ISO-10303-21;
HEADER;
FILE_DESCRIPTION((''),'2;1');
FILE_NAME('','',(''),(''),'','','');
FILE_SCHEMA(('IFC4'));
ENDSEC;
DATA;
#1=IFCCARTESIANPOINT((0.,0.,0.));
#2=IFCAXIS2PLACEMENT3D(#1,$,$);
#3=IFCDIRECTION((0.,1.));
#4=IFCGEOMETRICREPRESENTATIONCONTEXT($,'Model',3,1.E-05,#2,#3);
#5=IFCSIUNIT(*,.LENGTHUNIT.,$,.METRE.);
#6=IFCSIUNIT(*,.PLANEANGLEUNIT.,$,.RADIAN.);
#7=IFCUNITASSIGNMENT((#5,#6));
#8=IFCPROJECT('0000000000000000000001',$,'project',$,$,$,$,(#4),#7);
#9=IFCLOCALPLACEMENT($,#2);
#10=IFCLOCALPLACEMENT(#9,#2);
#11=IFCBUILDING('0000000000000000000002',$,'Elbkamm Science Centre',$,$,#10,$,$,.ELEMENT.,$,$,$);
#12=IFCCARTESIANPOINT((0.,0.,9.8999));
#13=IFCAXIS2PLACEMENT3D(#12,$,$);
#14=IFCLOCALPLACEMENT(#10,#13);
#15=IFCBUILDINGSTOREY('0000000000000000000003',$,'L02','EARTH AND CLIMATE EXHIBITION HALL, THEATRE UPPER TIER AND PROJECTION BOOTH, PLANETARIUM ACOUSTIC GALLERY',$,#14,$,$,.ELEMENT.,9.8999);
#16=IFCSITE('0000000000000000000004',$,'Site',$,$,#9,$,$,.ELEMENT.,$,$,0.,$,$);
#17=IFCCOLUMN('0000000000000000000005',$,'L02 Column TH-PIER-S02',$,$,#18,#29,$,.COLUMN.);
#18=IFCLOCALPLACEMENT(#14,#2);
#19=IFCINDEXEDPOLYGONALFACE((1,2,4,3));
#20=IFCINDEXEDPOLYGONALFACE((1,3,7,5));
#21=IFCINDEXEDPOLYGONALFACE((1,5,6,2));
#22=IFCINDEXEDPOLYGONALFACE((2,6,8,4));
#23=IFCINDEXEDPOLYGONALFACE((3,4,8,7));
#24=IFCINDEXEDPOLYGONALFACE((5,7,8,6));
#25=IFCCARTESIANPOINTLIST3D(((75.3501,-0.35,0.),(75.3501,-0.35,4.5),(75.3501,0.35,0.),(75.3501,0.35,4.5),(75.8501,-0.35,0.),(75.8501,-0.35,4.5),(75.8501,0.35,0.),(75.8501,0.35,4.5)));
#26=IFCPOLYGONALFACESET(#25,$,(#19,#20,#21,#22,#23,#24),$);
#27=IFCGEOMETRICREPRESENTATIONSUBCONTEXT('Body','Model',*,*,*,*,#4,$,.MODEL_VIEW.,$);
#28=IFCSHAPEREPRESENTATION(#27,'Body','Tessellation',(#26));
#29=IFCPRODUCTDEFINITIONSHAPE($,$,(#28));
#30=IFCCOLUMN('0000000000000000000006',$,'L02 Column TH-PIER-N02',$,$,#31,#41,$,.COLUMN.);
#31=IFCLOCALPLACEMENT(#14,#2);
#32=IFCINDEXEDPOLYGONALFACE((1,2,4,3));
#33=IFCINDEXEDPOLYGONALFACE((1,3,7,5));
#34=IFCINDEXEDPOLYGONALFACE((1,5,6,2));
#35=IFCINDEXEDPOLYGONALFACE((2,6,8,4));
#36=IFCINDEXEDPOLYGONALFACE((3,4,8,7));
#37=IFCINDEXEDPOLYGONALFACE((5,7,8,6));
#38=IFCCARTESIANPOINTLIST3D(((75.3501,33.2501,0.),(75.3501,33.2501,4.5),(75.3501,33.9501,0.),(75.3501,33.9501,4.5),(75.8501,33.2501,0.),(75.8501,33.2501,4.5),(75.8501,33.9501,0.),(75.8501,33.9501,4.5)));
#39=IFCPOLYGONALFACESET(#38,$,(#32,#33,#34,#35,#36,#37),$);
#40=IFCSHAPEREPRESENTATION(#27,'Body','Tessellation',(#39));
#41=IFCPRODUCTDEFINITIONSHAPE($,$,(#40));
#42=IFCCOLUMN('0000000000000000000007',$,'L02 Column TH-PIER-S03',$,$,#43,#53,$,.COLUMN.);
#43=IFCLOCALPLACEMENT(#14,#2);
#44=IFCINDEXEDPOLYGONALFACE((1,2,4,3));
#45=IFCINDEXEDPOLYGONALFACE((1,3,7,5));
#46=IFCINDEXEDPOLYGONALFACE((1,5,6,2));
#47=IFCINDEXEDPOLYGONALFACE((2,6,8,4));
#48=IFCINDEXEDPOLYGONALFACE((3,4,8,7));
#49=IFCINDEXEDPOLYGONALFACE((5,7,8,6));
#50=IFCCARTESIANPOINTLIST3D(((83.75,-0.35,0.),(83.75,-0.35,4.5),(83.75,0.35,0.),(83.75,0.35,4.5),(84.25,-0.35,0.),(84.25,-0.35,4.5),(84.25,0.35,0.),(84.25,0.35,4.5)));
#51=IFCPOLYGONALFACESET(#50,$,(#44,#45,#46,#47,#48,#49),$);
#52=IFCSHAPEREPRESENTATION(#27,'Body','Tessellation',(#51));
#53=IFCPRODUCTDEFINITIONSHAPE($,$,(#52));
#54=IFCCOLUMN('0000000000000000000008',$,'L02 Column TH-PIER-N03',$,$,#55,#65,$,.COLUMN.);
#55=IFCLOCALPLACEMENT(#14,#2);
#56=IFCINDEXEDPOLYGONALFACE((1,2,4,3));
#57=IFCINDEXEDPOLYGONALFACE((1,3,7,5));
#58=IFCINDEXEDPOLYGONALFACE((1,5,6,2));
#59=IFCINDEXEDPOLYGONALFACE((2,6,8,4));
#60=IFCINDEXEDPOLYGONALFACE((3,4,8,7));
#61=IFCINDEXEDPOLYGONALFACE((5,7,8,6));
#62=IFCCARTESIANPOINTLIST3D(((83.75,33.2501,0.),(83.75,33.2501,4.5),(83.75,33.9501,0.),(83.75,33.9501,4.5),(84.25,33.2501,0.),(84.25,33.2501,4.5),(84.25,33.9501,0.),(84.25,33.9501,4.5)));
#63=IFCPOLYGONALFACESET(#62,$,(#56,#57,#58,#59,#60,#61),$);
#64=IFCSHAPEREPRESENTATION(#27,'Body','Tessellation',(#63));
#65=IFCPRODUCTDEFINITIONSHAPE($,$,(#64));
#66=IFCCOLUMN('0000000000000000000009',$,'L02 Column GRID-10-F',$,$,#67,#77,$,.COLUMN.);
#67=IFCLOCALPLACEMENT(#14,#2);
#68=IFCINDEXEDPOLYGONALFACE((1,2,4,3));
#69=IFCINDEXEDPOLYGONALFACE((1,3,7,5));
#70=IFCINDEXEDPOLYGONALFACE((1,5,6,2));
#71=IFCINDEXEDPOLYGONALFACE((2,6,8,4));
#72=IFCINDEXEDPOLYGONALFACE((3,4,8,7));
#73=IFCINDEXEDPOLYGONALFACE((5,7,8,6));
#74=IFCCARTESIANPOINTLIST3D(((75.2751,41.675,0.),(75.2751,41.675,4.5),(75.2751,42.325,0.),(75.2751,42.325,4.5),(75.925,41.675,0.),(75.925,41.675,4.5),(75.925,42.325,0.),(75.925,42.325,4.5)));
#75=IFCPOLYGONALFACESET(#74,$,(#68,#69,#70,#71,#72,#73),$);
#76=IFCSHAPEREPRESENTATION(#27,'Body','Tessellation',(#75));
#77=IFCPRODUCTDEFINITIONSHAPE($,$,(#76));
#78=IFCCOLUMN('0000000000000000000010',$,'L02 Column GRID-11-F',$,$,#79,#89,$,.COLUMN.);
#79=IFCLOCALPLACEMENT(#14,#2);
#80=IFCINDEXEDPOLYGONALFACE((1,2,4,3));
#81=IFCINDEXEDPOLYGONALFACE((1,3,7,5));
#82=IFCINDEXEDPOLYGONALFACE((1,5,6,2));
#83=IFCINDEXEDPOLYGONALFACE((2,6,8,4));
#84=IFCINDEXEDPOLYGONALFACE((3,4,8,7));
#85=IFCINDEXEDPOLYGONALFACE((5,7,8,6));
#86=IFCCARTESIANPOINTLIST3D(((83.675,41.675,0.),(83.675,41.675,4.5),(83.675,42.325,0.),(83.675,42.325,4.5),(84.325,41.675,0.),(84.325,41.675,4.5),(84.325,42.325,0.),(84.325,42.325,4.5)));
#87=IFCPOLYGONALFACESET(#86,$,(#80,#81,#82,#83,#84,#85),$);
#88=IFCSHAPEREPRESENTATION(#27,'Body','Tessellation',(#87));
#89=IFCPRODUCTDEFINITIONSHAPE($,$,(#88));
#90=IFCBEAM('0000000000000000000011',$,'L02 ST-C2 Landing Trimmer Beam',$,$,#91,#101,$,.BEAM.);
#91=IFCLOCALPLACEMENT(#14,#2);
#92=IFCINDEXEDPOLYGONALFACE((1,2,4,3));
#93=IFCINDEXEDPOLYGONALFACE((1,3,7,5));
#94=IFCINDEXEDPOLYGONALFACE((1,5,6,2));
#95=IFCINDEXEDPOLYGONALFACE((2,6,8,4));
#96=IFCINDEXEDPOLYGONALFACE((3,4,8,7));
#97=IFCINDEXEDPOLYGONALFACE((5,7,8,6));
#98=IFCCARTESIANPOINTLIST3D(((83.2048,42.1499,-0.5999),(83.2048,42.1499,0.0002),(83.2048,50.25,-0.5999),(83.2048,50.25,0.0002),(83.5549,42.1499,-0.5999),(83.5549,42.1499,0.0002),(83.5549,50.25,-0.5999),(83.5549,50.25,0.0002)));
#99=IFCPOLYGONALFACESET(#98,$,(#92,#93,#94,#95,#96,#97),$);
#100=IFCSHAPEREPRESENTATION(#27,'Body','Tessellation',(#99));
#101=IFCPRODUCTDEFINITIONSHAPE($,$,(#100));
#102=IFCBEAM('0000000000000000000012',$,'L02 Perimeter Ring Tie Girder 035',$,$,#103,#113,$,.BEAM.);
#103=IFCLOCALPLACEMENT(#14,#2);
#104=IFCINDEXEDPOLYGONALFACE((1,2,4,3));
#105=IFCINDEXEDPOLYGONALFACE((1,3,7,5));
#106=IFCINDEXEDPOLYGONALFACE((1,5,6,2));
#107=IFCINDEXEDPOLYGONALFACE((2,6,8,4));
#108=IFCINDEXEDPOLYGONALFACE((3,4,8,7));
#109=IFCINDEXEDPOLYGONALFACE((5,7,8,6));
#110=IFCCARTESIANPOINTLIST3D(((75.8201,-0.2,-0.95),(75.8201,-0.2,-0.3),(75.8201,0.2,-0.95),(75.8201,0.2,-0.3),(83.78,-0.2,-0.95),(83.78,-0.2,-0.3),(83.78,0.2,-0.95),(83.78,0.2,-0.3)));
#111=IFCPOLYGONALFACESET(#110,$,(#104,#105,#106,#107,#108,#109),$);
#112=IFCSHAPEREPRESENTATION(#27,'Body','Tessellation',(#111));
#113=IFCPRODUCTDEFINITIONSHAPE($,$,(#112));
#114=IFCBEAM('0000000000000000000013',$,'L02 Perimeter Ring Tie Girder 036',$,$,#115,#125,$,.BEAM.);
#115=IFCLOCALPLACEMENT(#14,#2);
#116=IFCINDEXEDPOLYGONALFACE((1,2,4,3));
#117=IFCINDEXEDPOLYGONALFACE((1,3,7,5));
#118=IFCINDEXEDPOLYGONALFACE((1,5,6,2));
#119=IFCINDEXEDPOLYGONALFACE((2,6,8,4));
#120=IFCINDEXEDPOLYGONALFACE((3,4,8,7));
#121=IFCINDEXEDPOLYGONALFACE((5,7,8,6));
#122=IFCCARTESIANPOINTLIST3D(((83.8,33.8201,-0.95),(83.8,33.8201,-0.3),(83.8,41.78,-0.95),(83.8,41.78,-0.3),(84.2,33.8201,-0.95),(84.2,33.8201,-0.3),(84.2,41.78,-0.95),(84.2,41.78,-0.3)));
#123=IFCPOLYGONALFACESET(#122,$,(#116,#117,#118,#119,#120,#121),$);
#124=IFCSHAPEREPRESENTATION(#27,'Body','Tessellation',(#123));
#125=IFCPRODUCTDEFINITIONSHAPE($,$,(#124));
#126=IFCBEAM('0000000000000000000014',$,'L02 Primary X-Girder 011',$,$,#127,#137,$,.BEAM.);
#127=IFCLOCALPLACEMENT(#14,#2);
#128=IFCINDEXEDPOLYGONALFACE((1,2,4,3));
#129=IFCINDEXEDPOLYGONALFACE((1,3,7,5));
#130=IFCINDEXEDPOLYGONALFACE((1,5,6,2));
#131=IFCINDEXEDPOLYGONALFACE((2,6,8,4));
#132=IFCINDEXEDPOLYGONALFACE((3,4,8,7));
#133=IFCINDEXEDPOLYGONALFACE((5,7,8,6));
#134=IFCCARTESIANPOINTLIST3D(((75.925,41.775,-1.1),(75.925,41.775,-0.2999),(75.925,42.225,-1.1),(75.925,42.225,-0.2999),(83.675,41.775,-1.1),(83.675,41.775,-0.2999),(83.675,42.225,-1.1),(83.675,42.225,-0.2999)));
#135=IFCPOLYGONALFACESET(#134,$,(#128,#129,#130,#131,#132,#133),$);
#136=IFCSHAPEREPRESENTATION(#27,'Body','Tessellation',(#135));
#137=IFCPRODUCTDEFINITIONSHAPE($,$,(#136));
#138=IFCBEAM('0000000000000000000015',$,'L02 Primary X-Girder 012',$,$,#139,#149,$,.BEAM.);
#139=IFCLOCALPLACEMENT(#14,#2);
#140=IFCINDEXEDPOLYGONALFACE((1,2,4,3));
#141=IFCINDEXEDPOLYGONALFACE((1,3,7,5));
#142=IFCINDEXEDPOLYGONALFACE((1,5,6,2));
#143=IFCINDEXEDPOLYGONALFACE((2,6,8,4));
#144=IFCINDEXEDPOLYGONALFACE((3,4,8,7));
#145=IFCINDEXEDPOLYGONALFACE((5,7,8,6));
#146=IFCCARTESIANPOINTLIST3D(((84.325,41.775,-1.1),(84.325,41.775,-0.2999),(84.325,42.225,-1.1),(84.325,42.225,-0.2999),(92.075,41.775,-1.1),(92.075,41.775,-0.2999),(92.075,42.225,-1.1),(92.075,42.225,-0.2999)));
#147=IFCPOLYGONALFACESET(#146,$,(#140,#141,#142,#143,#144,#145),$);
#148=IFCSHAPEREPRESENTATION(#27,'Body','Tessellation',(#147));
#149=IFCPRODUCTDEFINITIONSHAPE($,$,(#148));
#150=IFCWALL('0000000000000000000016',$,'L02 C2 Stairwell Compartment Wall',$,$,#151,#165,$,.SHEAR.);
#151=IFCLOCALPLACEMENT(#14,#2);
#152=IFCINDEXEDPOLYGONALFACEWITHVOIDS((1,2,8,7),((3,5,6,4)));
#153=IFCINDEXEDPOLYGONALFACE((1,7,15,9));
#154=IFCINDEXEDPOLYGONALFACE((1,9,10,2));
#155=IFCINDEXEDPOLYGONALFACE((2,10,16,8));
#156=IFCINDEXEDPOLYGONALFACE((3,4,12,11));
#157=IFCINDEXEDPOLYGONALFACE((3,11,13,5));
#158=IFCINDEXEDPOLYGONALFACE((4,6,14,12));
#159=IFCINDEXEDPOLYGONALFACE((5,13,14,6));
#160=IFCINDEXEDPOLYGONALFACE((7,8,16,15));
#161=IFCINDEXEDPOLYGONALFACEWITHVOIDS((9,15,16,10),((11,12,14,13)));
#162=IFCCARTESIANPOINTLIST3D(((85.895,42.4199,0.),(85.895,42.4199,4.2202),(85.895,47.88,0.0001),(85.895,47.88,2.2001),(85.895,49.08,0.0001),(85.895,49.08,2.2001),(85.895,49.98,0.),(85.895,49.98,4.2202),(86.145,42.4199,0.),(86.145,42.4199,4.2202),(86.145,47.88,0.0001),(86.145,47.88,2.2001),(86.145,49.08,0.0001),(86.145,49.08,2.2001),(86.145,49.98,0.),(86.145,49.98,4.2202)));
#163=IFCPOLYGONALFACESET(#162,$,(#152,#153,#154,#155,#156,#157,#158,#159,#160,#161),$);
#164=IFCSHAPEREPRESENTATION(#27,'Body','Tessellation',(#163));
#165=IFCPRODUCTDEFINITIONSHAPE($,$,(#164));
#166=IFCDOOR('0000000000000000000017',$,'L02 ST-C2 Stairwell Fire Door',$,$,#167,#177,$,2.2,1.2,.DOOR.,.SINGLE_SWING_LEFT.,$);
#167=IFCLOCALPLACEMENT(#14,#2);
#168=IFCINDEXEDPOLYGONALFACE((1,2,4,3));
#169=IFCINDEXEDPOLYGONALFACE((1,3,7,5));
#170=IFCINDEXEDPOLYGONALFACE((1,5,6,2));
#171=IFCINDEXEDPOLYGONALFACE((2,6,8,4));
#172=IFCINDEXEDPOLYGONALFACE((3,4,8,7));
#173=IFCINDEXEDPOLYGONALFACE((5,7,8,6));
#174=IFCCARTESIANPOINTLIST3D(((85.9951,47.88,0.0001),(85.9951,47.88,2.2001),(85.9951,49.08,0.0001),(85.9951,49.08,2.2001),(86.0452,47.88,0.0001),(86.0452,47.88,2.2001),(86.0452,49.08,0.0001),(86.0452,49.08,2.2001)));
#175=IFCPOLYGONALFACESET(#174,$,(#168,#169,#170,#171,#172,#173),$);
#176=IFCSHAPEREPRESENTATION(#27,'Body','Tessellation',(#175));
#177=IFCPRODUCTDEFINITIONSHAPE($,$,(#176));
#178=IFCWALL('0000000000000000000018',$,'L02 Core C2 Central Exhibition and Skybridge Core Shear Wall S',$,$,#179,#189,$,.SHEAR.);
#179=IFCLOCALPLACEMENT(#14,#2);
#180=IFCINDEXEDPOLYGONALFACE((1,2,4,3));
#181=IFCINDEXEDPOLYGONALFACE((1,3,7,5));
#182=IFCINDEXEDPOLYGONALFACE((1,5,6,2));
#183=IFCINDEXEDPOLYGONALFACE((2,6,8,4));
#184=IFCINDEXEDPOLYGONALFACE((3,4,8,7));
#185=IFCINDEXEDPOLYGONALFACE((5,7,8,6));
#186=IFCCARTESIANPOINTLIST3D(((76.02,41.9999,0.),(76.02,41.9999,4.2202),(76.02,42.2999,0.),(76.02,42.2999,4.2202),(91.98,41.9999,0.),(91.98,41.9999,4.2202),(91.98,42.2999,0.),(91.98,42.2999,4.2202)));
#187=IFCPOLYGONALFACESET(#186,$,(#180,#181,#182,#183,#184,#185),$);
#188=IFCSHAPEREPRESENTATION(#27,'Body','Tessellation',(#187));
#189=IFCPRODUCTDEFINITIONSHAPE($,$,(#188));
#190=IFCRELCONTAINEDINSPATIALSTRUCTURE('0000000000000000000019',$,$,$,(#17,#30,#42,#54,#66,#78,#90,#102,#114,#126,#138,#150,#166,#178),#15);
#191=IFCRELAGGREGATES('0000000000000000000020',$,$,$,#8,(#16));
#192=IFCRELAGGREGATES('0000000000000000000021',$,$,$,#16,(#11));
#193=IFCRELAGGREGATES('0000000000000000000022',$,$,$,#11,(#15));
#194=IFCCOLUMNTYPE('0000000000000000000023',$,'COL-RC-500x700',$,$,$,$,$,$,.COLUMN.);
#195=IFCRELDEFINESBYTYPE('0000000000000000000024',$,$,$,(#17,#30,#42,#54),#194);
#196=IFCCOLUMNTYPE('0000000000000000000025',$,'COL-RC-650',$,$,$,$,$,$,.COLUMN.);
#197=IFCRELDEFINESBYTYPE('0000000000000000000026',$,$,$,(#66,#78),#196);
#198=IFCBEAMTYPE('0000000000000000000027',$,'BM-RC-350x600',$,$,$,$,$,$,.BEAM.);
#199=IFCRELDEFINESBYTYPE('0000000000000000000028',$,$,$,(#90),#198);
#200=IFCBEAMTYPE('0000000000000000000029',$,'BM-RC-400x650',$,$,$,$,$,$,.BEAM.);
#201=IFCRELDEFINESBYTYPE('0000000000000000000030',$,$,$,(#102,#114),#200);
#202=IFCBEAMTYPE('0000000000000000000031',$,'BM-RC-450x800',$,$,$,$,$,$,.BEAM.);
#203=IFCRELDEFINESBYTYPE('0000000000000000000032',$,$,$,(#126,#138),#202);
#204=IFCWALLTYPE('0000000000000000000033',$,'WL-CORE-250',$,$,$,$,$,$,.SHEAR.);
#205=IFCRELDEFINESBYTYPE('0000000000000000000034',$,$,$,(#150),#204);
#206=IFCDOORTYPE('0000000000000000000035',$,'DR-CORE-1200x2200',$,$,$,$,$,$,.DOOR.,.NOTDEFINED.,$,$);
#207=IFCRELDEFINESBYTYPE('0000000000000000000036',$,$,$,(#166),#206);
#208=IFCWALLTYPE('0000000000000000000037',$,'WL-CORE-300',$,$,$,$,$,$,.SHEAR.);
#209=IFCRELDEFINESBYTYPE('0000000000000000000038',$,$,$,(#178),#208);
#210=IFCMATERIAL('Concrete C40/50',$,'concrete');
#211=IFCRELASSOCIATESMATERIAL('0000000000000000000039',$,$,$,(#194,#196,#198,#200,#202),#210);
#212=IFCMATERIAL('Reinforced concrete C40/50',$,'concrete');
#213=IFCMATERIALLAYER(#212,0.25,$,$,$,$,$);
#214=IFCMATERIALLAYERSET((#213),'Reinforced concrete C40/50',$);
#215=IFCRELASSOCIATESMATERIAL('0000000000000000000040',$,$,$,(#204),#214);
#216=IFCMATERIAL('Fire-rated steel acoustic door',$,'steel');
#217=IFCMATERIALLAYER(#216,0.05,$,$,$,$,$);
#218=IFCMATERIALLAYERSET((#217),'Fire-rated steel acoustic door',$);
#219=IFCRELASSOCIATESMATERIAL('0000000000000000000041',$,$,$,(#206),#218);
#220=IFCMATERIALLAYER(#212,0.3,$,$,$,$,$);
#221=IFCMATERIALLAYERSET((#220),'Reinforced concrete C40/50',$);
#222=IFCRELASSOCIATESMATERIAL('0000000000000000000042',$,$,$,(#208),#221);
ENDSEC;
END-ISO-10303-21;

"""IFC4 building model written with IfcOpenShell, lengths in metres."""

from ifc_helpers import new_model, si_unit, direction, frame, frame_2d, origin, origin_2d, place, context, subcontext, project, spatial, rectangle, extrude, material, layer, layer_set, material_profile, profile_set, type_object, element, fill, save


model = new_model("IFC4")

# Units and contexts
model_context = context("Model", 3, precision=1e-05, world=origin(), true_north=direction((0.0, 1.0)))
body_context = subcontext(model_context, "Body", "Model", "MODEL_VIEW")
ifc_project = project(units=[si_unit("LENGTHUNIT", "METRE"), si_unit("PLANEANGLEUNIT", "RADIAN")], contexts=[model_context])

# Site, building, storey
site_placement = place(None, origin())
site = spatial("IfcSite", under=ifc_project, at=site_placement, Name="Site", CompositionType="ELEMENT", RefElevation=0.0)
building_placement = place(site_placement, origin())
building = spatial("IfcBuilding", under=site, at=building_placement, Name="Elbkamm Science Centre", CompositionType="ELEMENT")
storey_placement = place(building_placement, frame((0.0, 0.0, 9.8999)))
storey = spatial("IfcBuildingStorey", under=building, at=storey_placement, Name="L02", Description="EARTH AND CLIMATE EXHIBITION HALL, THEATRE UPPER TIER AND PROJECTION BOOTH, PLANETARIUM ACOUSTIC GALLERY", CompositionType="ELEMENT", Elevation=9.8999)

# Columns
ifc_material_1 = material(Name="Concrete C40/50", Category="concrete")
ifc_material_profile_1 = material_profile(ifc_material_1, rectangle(XDim=0.5, YDim=0.7, at=origin_2d()), Name="RC 500x700")
ifc_profile_set_1 = profile_set([ifc_material_profile_1], Name="Concrete C40/50")
column_type_1 = type_object("IfcColumnType", Name="COL-RC-500x700", PredefinedType="COLUMN", material=ifc_profile_set_1)
for number, where, z_axis, x_axis, name in (
    (1, (75.6001, 0.0, 0.0), (0.0, 0.0, 1.0), (1.0, 0.0, 0.0), "L02 Column TH-PIER-S02"),
    (2, (75.6001, 33.6001, 0.0), (0.0, 0.0, 1.0), (1.0, 0.0, 0.0), "L02 Column TH-PIER-N02"),
    (3, (84.0, 0.0, 0.0), (0.0, 0.0, 1.0), (1.0, 0.0, 0.0), "L02 Column TH-PIER-S03"),
    (4, (84.0, 33.6001, 0.0), (0.0, 0.0, 1.0), (1.0, 0.0, 0.0), "L02 Column TH-PIER-N03"),
):
    element("IfcColumn", number, at=place(storey_placement, frame(where, z_axis=z_axis, x_axis=x_axis)), inside=storey, type_object=column_type_1, Name=name, PredefinedType="COLUMN", context=body_context, shape_type="SweptSolid", body=[
        extrude(rectangle(XDim=0.5, YDim=0.7, at=origin_2d()), origin(), (0.0, 0.0, 1.0), 4.5),
    ])
ifc_material_profile_2 = material_profile(ifc_material_1, rectangle(XDim=0.6499, YDim=0.6499, at=origin_2d()), Name="RC 650x650")
ifc_profile_set_2 = profile_set([ifc_material_profile_2], Name="Concrete C40/50")
column_type_2 = type_object("IfcColumnType", Name="COL-RC-650", PredefinedType="COLUMN", material=ifc_profile_set_2)
for number, where, z_axis, x_axis, name in (
    (5, (75.6001, 42.0, 0.0), (0.0, 0.0, 1.0), (1.0, 0.0, 0.0), "L02 Column GRID-10-F"),
    (6, (84.0, 42.0, 0.0), (0.0, 0.0, 1.0), (1.0, 0.0, 0.0), "L02 Column GRID-11-F"),
):
    element("IfcColumn", number, at=place(storey_placement, frame(where, z_axis=z_axis, x_axis=x_axis)), inside=storey, type_object=column_type_2, Name=name, PredefinedType="COLUMN", context=body_context, shape_type="SweptSolid", body=[
        extrude(rectangle(XDim=0.6499, YDim=0.6499, at=origin_2d()), origin(), (0.0, 0.0, 1.0), 4.5),
    ])

# Beams
ifc_material_profile_3 = material_profile(ifc_material_1, rectangle(XDim=0.3501, YDim=0.6001, at=origin_2d()), Name="RC 350x600")
ifc_profile_set_3 = profile_set([ifc_material_profile_3], Name="Concrete C40/50")
beam_type_1 = type_object("IfcBeamType", Name="BM-RC-350x600", PredefinedType="BEAM", material=ifc_profile_set_3)
beam_placement = place(storey_placement, frame((83.3799, 42.1499, -0.2998), z_axis=(0.0, 1.0, 0.0), x_axis=(-1.0, 0.0, 0.0)))
element("IfcBeam", 7, at=beam_placement, inside=storey, type_object=beam_type_1, Name="L02 ST-C2 Landing Trimmer Beam", PredefinedType="BEAM", context=body_context, shape_type="SweptSolid", body=[
    extrude(rectangle(XDim=0.3501, YDim=0.6001, at=origin_2d()), origin(), (0.0, 0.0, 1.0), 8.1001),
])
ifc_material_profile_4 = material_profile(ifc_material_1, rectangle(XDim=0.3999, YDim=0.6499, at=origin_2d()), Name="RC 400x650")
ifc_profile_set_4 = profile_set([ifc_material_profile_4], Name="Concrete C40/50")
beam_type_2 = type_object("IfcBeamType", Name="BM-RC-400x650", PredefinedType="BEAM", material=ifc_profile_set_4)
for number, where, z_axis, x_axis, name in (
    (8, (83.78, 0.0, -0.625), (-1.0, 0.0, 0.0), (0.0, -1.0, 0.0), "L02 Perimeter Ring Tie Girder 035"),
    (9, (84.0, 33.8201, -0.625), (0.0, 1.0, 0.0), (-1.0, 0.0, 0.0), "L02 Perimeter Ring Tie Girder 036"),
):
    element("IfcBeam", number, at=place(storey_placement, frame(where, z_axis=z_axis, x_axis=x_axis)), inside=storey, type_object=beam_type_2, Name=name, PredefinedType="BEAM", context=body_context, shape_type="SweptSolid", body=[
        extrude(rectangle(XDim=0.3999, YDim=0.6499, at=origin_2d()), origin(), (0.0, 0.0, 1.0), 7.96),
    ])
ifc_material_profile_5 = material_profile(ifc_material_1, rectangle(XDim=0.45, YDim=0.8, at=origin_2d()), Name="RC 450x800")
ifc_profile_set_5 = profile_set([ifc_material_profile_5], Name="Concrete C40/50")
beam_type_3 = type_object("IfcBeamType", Name="BM-RC-450x800", PredefinedType="BEAM", material=ifc_profile_set_5)
for number, where, z_axis, x_axis, name in (
    (10, (75.925, 42.0, -0.7), (1.0, 0.0, 0.0), (0.0, 1.0, 0.0), "L02 Primary X-Girder 011"),
    (11, (84.325, 42.0, -0.7), (1.0, 0.0, 0.0), (0.0, 1.0, 0.0), "L02 Primary X-Girder 012"),
):
    element("IfcBeam", number, at=place(storey_placement, frame(where, z_axis=z_axis, x_axis=x_axis)), inside=storey, type_object=beam_type_3, Name=name, PredefinedType="BEAM", context=body_context, shape_type="SweptSolid", body=[
        extrude(rectangle(XDim=0.45, YDim=0.8, at=origin_2d()), origin(), (0.0, 0.0, 1.0), 7.75),
    ])

# Wall, opening, door
ifc_material_2 = material(Name="Reinforced concrete C40/50", Category="concrete")
ifc_layer_1 = layer(ifc_material_2, 0.25)
ifc_layer_set_1 = layer_set([ifc_layer_1], Name="Reinforced concrete C40/50")
wall_type_1 = type_object("IfcWallType", Name="WL-CORE-250", PredefinedType="SHEAR", material=ifc_layer_set_1)
wall_1_placement = place(storey_placement, frame((86.02, 42.4199, 0.0), z_axis=(0.0, 0.0, 1.0), x_axis=(0.0, 1.0, 0.0)))
wall_1 = element("IfcWall", 12, at=wall_1_placement, inside=storey, type_object=wall_type_1, Name="L02 C2 Stairwell Compartment Wall", PredefinedType="SHEAR", context=body_context, shape_type="SweptSolid", body=[
    extrude(rectangle(XDim=7.5601, YDim=0.25, at=frame_2d((3.78, 0.0))), origin(), (0.0, 0.0, 1.0), 4.2202),
])
opening_placement = place(wall_1_placement, frame((5.46, 0.0, 0.0)))
opening = element("IfcOpeningElement", 13, at=opening_placement, cuts=wall_1, PredefinedType="OPENING", context=body_context, shape_type="SweptSolid", body=[
    extrude(rectangle(XDim=1.2, YDim=2.2, at=frame_2d((0.6001, 1.1001))), frame((0.0, 0.137, 0.0), z_axis=(0.0, -1.0, 0.0), x_axis=(1.0, 0.0, 0.0)), (0.0, 0.0, 1.0), 0.2739),
])
ifc_material_3 = material(Name="Fire-rated steel acoustic door", Category="steel")
ifc_layer_2 = layer(ifc_material_3, 0.05)
ifc_layer_set_2 = layer_set([ifc_layer_2], Name="Fire-rated steel acoustic door")
door_type = type_object("IfcDoorType", Name="DR-CORE-1200x2200", OperationType="NOTDEFINED", PredefinedType="DOOR", material=ifc_layer_set_2)
door_placement = place(opening_placement, origin())
door = element("IfcDoor", 14, at=door_placement, inside=storey, type_object=door_type, Name="L02 ST-C2 Stairwell Fire Door", OperationType="SINGLE_SWING_LEFT", OverallHeight=2.2, OverallWidth=1.2, PredefinedType="DOOR", context=body_context, shape_type="SweptSolid", body=[
    extrude(rectangle(XDim=1.2, YDim=2.2, at=frame_2d((0.6001, 1.1001))), frame((0.0, 0.0249, 0.0), z_axis=(0.0, -1.0, 0.0), x_axis=(1.0, 0.0, 0.0)), (0.0, 0.0, 1.0), 0.05),
])
fill(opening, door)

# Wall
ifc_layer_3 = layer(ifc_material_2, 0.3)
ifc_layer_set_3 = layer_set([ifc_layer_3], Name="Reinforced concrete C40/50")
wall_type_2 = type_object("IfcWallType", Name="WL-CORE-300", PredefinedType="SHEAR", material=ifc_layer_set_3)
wall_2_placement = place(storey_placement, frame((76.02, 42.1499, 0.0), z_axis=(0.0, 0.0, 1.0), x_axis=(1.0, 0.0, 0.0)))
element("IfcWall", 15, at=wall_2_placement, inside=storey, type_object=wall_type_2, Name="L02 Core C2 Central Exhibition and Skybridge Core Shear Wall S", PredefinedType="SHEAR", context=body_context, shape_type="SweptSolid", body=[
    extrude(rectangle(XDim=15.96, YDim=0.3, at=frame_2d((7.98, 0.0))), origin(), (0.0, 0.0, 1.0), 4.2202),
])

save(model, "model.ifc")
